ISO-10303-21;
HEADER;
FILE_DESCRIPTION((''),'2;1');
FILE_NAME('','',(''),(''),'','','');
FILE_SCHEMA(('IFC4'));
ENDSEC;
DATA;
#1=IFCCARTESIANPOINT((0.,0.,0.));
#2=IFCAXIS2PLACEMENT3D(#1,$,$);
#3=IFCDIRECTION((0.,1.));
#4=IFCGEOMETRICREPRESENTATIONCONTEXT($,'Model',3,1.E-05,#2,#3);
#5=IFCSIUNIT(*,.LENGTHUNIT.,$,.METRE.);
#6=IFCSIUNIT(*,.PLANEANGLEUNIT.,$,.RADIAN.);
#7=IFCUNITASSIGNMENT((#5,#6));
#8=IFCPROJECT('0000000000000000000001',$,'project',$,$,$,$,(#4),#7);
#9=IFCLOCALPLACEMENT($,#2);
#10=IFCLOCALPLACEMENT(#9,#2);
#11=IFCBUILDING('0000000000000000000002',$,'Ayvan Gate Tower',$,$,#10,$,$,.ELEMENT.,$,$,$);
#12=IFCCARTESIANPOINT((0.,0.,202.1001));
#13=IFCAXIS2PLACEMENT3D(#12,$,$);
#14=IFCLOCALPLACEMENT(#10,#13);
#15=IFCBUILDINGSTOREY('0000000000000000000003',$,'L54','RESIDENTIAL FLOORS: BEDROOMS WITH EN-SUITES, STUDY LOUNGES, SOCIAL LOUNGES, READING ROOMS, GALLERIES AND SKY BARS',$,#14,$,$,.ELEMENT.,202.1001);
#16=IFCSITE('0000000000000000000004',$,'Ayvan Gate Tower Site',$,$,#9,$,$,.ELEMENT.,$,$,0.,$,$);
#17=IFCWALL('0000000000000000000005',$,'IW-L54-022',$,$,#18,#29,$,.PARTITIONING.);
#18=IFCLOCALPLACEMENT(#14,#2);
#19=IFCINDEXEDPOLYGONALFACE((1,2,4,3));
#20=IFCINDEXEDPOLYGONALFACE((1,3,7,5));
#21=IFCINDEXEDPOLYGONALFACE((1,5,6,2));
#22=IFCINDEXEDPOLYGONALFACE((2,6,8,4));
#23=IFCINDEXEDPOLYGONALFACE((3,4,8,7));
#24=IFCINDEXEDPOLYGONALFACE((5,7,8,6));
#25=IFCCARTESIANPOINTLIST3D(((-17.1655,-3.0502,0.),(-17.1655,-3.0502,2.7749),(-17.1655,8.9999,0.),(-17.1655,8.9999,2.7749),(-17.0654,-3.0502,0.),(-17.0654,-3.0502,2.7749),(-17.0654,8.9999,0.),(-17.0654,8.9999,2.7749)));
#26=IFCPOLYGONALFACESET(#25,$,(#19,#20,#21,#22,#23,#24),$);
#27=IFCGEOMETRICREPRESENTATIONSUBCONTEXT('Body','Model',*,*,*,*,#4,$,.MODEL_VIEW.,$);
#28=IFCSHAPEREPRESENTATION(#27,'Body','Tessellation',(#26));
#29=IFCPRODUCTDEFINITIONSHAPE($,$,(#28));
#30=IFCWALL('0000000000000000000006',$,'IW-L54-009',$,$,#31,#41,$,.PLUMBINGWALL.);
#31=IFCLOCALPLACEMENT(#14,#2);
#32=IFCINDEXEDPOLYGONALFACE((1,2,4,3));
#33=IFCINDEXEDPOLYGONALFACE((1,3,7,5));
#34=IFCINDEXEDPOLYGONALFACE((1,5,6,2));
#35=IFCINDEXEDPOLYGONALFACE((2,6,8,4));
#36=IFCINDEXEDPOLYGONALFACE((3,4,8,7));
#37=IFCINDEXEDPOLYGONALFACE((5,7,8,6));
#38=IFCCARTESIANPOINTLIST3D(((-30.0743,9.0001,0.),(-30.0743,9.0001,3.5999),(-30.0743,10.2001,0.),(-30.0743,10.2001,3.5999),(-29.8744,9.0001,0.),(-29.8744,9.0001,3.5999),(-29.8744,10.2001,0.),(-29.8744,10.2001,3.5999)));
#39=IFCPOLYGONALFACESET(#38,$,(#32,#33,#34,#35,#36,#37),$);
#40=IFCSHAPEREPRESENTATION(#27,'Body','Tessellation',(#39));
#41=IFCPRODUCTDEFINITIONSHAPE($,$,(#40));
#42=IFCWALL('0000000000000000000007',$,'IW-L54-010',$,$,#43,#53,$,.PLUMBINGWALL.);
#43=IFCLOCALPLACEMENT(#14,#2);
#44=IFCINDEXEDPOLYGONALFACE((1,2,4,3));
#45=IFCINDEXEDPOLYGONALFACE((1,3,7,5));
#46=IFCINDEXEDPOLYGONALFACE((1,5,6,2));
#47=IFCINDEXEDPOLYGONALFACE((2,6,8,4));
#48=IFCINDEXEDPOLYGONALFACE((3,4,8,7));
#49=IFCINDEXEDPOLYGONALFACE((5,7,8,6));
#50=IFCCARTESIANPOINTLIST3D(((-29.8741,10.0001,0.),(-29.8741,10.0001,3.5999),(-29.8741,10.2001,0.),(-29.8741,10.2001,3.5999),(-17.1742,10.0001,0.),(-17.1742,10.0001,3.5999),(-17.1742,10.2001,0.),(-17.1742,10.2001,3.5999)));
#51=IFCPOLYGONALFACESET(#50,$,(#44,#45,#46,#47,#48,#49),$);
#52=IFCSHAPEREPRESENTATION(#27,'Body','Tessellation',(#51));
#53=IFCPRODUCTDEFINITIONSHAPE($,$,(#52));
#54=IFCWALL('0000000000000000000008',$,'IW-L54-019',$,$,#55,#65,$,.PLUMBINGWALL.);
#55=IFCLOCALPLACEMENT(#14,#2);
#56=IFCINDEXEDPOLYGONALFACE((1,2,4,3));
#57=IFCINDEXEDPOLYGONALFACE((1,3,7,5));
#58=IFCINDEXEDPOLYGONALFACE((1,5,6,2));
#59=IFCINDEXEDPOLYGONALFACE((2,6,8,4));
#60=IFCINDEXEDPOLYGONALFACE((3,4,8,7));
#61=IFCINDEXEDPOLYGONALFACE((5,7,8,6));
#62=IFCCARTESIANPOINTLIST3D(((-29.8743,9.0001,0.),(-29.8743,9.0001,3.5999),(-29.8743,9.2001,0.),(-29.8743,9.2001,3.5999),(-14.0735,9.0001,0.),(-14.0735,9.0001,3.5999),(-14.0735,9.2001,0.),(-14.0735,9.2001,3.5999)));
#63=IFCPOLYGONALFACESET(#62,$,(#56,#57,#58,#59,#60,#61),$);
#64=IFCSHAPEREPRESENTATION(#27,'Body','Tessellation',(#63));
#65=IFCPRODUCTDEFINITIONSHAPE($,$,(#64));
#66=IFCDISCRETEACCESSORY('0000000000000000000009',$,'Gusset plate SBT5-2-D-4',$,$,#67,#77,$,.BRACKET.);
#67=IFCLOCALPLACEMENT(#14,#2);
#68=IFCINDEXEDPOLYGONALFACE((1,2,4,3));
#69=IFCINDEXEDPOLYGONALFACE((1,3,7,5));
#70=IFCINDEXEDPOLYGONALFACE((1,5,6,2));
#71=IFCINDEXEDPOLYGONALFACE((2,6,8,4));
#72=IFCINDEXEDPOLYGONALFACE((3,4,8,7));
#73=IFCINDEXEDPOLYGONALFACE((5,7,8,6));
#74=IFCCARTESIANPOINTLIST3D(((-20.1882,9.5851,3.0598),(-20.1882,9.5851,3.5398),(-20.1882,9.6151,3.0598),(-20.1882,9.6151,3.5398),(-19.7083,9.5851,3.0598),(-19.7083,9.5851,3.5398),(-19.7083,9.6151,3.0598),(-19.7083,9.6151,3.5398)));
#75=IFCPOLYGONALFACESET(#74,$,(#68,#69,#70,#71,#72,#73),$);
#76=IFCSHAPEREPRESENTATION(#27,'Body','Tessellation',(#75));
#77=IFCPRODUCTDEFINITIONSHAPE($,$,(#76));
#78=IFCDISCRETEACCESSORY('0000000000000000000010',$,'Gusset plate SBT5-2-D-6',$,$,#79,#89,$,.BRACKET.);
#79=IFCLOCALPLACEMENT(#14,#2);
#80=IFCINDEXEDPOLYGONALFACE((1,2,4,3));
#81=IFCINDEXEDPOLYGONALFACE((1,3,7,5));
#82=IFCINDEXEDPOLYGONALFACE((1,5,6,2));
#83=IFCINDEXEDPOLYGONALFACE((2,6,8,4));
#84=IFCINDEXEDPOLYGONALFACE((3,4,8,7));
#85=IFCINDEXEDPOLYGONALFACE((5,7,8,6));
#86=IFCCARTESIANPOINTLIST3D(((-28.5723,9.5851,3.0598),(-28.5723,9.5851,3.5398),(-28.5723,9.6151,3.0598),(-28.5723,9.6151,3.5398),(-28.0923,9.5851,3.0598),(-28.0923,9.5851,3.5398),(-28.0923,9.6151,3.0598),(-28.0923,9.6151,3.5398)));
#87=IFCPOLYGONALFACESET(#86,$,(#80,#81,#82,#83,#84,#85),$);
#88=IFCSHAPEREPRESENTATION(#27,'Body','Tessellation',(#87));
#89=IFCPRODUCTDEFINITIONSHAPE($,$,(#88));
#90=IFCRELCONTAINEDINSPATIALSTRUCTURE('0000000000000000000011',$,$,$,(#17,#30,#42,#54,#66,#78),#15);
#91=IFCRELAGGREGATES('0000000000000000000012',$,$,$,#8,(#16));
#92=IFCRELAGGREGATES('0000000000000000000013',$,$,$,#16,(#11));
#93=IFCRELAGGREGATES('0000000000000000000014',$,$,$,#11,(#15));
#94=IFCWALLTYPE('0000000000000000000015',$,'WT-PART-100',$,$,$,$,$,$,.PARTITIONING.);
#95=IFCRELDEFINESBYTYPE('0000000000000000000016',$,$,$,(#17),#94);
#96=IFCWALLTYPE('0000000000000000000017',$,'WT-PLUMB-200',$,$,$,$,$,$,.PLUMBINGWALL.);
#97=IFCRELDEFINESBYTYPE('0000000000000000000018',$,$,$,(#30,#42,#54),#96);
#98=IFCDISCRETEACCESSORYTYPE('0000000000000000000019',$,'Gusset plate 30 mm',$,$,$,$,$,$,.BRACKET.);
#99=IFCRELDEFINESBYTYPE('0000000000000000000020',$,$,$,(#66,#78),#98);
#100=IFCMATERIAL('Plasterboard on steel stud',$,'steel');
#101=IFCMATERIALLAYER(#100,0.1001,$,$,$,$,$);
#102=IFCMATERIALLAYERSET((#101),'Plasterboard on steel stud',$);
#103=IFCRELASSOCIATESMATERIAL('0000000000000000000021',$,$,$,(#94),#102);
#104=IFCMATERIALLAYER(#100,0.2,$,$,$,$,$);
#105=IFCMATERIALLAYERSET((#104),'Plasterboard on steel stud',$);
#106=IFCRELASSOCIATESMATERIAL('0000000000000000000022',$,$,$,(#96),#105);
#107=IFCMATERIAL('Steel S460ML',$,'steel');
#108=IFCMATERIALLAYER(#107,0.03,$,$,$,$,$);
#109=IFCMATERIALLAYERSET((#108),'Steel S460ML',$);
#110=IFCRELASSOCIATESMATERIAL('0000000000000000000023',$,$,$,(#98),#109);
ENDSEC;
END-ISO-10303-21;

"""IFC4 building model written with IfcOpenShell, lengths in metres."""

from ifc_helpers import new_model, si_unit, direction, frame, frame_2d, origin, origin_2d, place, context, subcontext, project, spatial, rectangle, extrude, material, layer, layer_set, type_object, element, save


model = new_model("IFC4")

# Units and contexts
model_context = context("Model", 3, precision=1e-05, world=origin(), true_north=direction((0.0, 1.0)))
body_context = subcontext(model_context, "Body", "Model", "MODEL_VIEW")
ifc_project = project(units=[si_unit("LENGTHUNIT", "METRE"), si_unit("PLANEANGLEUNIT", "RADIAN")], contexts=[model_context])

# Site, building, storey
site_placement = place(None, origin())
site = spatial("IfcSite", under=ifc_project, at=site_placement, Name="Ayvan Gate Tower Site", CompositionType="ELEMENT", RefElevation=0.0)
building_placement = place(site_placement, origin())
building = spatial("IfcBuilding", under=site, at=building_placement, Name="Ayvan Gate Tower", CompositionType="ELEMENT")
storey_placement = place(building_placement, frame((0.0, 0.0, 202.1001)))
storey = spatial("IfcBuildingStorey", under=building, at=storey_placement, Name="L54", Description="RESIDENTIAL FLOORS: BEDROOMS WITH EN-SUITES, STUDY LOUNGES, SOCIAL LOUNGES, READING ROOMS, GALLERIES AND SKY BARS", CompositionType="ELEMENT", Elevation=202.1001)

# Shared definitions
ifc_material_1 = material(Name="Steel S460ML", Category="steel")

# Shared definitions
ifc_material_2 = material(Name="Plasterboard on steel stud", Category="steel")
ifc_layer_1 = layer(ifc_material_2, 0.1001)
ifc_layer_set_1 = layer_set([ifc_layer_1], Name="Plasterboard on steel stud")
wall_type_1 = type_object("IfcWallType", Name="WT-PART-100", PredefinedType="PARTITIONING", material=ifc_layer_set_1)

# Walls
wall_1_placement = place(storey_placement, frame((-17.1155, -3.05, 0.0), z_axis=(0.0, 0.0, 1.0), x_axis=(0.0, 1.0, 0.0)))
element("IfcWall", 1, at=wall_1_placement, inside=storey, type_object=wall_type_1, Name="IW-L54-022", PredefinedType="PARTITIONING", context=body_context, shape_type="SweptSolid", body=[
    extrude(rectangle(XDim=12.05, YDim=0.1001, at=frame_2d((6.0249, 0.0))), origin(), (0.0, 0.0, 1.0), 2.7749),
])
ifc_layer_2 = layer(ifc_material_2, 0.2)
ifc_layer_set_2 = layer_set([ifc_layer_2], Name="Plasterboard on steel stud")
wall_type_2 = type_object("IfcWallType", Name="WT-PLUMB-200", PredefinedType="PLUMBINGWALL", material=ifc_layer_set_2)
wall_2_placement = place(storey_placement, frame((-29.9744, 9.0, 0.0), z_axis=(0.0, 0.0, 1.0), x_axis=(0.0, 1.0, 0.0)))
element("IfcWall", 2, at=wall_2_placement, inside=storey, type_object=wall_type_2, Name="IW-L54-009", PredefinedType="PLUMBINGWALL", context=body_context, shape_type="SweptSolid", body=[
    extrude(rectangle(XDim=1.2, YDim=0.2, at=frame_2d((0.6001, 0.0))), origin(), (0.0, 0.0, 1.0), 3.5999),
])
wall_3_placement = place(storey_placement, frame((-29.8743, 10.1001, 0.0), z_axis=(0.0, 0.0, 1.0), x_axis=(1.0, 0.0, 0.0)))
element("IfcWall", 3, at=wall_3_placement, inside=storey, type_object=wall_type_2, Name="IW-L54-010", PredefinedType="PLUMBINGWALL", context=body_context, shape_type="SweptSolid", body=[
    extrude(rectangle(XDim=12.7, YDim=0.2, at=frame_2d((6.3501, 0.0))), origin(), (0.0, 0.0, 1.0), 3.5999),
])
wall_4_placement = place(storey_placement, frame((-29.8743, 9.1001, 0.0), z_axis=(0.0, 0.0, 1.0), x_axis=(1.0, 0.0, 0.0)))
element("IfcWall", 4, at=wall_4_placement, inside=storey, type_object=wall_type_2, Name="IW-L54-019", PredefinedType="PLUMBINGWALL", context=body_context, shape_type="SweptSolid", body=[
    extrude(rectangle(XDim=15.8008, YDim=0.2, at=frame_2d((7.9004, 0.0))), origin(), (0.0, 0.0, 1.0), 3.5999),
])

# Discrete accessories
ifc_layer_3 = layer(ifc_material_1, 0.03)
ifc_layer_set_3 = layer_set([ifc_layer_3], Name="Steel S460ML")
discrete_accessory_type = type_object("IfcDiscreteAccessoryType", Name="Gusset plate 30 mm", PredefinedType="BRACKET", material=ifc_layer_set_3)
for number, where, z_axis, x_axis, name in (
    (5, (-19.9482, 9.6001, 3.0598), (0.0, 0.0, 1.0), (1.0, 0.0, 0.0), "Gusset plate SBT5-2-D-4"),
    (6, (-28.3323, 9.6001, 3.0598), (0.0, 0.0, 1.0), (1.0, 0.0, 0.0), "Gusset plate SBT5-2-D-6"),
):
    element("IfcDiscreteAccessory", number, at=place(storey_placement, frame(where, z_axis=z_axis, x_axis=x_axis)), inside=storey, type_object=discrete_accessory_type, Name=name, PredefinedType="BRACKET", context=body_context, shape_type="SweptSolid", body=[
        extrude(rectangle(XDim=0.48, YDim=0.03, at=origin_2d()), origin(), (0.0, 0.0, 1.0), 0.48),
    ])

save(model, "model.ifc")
